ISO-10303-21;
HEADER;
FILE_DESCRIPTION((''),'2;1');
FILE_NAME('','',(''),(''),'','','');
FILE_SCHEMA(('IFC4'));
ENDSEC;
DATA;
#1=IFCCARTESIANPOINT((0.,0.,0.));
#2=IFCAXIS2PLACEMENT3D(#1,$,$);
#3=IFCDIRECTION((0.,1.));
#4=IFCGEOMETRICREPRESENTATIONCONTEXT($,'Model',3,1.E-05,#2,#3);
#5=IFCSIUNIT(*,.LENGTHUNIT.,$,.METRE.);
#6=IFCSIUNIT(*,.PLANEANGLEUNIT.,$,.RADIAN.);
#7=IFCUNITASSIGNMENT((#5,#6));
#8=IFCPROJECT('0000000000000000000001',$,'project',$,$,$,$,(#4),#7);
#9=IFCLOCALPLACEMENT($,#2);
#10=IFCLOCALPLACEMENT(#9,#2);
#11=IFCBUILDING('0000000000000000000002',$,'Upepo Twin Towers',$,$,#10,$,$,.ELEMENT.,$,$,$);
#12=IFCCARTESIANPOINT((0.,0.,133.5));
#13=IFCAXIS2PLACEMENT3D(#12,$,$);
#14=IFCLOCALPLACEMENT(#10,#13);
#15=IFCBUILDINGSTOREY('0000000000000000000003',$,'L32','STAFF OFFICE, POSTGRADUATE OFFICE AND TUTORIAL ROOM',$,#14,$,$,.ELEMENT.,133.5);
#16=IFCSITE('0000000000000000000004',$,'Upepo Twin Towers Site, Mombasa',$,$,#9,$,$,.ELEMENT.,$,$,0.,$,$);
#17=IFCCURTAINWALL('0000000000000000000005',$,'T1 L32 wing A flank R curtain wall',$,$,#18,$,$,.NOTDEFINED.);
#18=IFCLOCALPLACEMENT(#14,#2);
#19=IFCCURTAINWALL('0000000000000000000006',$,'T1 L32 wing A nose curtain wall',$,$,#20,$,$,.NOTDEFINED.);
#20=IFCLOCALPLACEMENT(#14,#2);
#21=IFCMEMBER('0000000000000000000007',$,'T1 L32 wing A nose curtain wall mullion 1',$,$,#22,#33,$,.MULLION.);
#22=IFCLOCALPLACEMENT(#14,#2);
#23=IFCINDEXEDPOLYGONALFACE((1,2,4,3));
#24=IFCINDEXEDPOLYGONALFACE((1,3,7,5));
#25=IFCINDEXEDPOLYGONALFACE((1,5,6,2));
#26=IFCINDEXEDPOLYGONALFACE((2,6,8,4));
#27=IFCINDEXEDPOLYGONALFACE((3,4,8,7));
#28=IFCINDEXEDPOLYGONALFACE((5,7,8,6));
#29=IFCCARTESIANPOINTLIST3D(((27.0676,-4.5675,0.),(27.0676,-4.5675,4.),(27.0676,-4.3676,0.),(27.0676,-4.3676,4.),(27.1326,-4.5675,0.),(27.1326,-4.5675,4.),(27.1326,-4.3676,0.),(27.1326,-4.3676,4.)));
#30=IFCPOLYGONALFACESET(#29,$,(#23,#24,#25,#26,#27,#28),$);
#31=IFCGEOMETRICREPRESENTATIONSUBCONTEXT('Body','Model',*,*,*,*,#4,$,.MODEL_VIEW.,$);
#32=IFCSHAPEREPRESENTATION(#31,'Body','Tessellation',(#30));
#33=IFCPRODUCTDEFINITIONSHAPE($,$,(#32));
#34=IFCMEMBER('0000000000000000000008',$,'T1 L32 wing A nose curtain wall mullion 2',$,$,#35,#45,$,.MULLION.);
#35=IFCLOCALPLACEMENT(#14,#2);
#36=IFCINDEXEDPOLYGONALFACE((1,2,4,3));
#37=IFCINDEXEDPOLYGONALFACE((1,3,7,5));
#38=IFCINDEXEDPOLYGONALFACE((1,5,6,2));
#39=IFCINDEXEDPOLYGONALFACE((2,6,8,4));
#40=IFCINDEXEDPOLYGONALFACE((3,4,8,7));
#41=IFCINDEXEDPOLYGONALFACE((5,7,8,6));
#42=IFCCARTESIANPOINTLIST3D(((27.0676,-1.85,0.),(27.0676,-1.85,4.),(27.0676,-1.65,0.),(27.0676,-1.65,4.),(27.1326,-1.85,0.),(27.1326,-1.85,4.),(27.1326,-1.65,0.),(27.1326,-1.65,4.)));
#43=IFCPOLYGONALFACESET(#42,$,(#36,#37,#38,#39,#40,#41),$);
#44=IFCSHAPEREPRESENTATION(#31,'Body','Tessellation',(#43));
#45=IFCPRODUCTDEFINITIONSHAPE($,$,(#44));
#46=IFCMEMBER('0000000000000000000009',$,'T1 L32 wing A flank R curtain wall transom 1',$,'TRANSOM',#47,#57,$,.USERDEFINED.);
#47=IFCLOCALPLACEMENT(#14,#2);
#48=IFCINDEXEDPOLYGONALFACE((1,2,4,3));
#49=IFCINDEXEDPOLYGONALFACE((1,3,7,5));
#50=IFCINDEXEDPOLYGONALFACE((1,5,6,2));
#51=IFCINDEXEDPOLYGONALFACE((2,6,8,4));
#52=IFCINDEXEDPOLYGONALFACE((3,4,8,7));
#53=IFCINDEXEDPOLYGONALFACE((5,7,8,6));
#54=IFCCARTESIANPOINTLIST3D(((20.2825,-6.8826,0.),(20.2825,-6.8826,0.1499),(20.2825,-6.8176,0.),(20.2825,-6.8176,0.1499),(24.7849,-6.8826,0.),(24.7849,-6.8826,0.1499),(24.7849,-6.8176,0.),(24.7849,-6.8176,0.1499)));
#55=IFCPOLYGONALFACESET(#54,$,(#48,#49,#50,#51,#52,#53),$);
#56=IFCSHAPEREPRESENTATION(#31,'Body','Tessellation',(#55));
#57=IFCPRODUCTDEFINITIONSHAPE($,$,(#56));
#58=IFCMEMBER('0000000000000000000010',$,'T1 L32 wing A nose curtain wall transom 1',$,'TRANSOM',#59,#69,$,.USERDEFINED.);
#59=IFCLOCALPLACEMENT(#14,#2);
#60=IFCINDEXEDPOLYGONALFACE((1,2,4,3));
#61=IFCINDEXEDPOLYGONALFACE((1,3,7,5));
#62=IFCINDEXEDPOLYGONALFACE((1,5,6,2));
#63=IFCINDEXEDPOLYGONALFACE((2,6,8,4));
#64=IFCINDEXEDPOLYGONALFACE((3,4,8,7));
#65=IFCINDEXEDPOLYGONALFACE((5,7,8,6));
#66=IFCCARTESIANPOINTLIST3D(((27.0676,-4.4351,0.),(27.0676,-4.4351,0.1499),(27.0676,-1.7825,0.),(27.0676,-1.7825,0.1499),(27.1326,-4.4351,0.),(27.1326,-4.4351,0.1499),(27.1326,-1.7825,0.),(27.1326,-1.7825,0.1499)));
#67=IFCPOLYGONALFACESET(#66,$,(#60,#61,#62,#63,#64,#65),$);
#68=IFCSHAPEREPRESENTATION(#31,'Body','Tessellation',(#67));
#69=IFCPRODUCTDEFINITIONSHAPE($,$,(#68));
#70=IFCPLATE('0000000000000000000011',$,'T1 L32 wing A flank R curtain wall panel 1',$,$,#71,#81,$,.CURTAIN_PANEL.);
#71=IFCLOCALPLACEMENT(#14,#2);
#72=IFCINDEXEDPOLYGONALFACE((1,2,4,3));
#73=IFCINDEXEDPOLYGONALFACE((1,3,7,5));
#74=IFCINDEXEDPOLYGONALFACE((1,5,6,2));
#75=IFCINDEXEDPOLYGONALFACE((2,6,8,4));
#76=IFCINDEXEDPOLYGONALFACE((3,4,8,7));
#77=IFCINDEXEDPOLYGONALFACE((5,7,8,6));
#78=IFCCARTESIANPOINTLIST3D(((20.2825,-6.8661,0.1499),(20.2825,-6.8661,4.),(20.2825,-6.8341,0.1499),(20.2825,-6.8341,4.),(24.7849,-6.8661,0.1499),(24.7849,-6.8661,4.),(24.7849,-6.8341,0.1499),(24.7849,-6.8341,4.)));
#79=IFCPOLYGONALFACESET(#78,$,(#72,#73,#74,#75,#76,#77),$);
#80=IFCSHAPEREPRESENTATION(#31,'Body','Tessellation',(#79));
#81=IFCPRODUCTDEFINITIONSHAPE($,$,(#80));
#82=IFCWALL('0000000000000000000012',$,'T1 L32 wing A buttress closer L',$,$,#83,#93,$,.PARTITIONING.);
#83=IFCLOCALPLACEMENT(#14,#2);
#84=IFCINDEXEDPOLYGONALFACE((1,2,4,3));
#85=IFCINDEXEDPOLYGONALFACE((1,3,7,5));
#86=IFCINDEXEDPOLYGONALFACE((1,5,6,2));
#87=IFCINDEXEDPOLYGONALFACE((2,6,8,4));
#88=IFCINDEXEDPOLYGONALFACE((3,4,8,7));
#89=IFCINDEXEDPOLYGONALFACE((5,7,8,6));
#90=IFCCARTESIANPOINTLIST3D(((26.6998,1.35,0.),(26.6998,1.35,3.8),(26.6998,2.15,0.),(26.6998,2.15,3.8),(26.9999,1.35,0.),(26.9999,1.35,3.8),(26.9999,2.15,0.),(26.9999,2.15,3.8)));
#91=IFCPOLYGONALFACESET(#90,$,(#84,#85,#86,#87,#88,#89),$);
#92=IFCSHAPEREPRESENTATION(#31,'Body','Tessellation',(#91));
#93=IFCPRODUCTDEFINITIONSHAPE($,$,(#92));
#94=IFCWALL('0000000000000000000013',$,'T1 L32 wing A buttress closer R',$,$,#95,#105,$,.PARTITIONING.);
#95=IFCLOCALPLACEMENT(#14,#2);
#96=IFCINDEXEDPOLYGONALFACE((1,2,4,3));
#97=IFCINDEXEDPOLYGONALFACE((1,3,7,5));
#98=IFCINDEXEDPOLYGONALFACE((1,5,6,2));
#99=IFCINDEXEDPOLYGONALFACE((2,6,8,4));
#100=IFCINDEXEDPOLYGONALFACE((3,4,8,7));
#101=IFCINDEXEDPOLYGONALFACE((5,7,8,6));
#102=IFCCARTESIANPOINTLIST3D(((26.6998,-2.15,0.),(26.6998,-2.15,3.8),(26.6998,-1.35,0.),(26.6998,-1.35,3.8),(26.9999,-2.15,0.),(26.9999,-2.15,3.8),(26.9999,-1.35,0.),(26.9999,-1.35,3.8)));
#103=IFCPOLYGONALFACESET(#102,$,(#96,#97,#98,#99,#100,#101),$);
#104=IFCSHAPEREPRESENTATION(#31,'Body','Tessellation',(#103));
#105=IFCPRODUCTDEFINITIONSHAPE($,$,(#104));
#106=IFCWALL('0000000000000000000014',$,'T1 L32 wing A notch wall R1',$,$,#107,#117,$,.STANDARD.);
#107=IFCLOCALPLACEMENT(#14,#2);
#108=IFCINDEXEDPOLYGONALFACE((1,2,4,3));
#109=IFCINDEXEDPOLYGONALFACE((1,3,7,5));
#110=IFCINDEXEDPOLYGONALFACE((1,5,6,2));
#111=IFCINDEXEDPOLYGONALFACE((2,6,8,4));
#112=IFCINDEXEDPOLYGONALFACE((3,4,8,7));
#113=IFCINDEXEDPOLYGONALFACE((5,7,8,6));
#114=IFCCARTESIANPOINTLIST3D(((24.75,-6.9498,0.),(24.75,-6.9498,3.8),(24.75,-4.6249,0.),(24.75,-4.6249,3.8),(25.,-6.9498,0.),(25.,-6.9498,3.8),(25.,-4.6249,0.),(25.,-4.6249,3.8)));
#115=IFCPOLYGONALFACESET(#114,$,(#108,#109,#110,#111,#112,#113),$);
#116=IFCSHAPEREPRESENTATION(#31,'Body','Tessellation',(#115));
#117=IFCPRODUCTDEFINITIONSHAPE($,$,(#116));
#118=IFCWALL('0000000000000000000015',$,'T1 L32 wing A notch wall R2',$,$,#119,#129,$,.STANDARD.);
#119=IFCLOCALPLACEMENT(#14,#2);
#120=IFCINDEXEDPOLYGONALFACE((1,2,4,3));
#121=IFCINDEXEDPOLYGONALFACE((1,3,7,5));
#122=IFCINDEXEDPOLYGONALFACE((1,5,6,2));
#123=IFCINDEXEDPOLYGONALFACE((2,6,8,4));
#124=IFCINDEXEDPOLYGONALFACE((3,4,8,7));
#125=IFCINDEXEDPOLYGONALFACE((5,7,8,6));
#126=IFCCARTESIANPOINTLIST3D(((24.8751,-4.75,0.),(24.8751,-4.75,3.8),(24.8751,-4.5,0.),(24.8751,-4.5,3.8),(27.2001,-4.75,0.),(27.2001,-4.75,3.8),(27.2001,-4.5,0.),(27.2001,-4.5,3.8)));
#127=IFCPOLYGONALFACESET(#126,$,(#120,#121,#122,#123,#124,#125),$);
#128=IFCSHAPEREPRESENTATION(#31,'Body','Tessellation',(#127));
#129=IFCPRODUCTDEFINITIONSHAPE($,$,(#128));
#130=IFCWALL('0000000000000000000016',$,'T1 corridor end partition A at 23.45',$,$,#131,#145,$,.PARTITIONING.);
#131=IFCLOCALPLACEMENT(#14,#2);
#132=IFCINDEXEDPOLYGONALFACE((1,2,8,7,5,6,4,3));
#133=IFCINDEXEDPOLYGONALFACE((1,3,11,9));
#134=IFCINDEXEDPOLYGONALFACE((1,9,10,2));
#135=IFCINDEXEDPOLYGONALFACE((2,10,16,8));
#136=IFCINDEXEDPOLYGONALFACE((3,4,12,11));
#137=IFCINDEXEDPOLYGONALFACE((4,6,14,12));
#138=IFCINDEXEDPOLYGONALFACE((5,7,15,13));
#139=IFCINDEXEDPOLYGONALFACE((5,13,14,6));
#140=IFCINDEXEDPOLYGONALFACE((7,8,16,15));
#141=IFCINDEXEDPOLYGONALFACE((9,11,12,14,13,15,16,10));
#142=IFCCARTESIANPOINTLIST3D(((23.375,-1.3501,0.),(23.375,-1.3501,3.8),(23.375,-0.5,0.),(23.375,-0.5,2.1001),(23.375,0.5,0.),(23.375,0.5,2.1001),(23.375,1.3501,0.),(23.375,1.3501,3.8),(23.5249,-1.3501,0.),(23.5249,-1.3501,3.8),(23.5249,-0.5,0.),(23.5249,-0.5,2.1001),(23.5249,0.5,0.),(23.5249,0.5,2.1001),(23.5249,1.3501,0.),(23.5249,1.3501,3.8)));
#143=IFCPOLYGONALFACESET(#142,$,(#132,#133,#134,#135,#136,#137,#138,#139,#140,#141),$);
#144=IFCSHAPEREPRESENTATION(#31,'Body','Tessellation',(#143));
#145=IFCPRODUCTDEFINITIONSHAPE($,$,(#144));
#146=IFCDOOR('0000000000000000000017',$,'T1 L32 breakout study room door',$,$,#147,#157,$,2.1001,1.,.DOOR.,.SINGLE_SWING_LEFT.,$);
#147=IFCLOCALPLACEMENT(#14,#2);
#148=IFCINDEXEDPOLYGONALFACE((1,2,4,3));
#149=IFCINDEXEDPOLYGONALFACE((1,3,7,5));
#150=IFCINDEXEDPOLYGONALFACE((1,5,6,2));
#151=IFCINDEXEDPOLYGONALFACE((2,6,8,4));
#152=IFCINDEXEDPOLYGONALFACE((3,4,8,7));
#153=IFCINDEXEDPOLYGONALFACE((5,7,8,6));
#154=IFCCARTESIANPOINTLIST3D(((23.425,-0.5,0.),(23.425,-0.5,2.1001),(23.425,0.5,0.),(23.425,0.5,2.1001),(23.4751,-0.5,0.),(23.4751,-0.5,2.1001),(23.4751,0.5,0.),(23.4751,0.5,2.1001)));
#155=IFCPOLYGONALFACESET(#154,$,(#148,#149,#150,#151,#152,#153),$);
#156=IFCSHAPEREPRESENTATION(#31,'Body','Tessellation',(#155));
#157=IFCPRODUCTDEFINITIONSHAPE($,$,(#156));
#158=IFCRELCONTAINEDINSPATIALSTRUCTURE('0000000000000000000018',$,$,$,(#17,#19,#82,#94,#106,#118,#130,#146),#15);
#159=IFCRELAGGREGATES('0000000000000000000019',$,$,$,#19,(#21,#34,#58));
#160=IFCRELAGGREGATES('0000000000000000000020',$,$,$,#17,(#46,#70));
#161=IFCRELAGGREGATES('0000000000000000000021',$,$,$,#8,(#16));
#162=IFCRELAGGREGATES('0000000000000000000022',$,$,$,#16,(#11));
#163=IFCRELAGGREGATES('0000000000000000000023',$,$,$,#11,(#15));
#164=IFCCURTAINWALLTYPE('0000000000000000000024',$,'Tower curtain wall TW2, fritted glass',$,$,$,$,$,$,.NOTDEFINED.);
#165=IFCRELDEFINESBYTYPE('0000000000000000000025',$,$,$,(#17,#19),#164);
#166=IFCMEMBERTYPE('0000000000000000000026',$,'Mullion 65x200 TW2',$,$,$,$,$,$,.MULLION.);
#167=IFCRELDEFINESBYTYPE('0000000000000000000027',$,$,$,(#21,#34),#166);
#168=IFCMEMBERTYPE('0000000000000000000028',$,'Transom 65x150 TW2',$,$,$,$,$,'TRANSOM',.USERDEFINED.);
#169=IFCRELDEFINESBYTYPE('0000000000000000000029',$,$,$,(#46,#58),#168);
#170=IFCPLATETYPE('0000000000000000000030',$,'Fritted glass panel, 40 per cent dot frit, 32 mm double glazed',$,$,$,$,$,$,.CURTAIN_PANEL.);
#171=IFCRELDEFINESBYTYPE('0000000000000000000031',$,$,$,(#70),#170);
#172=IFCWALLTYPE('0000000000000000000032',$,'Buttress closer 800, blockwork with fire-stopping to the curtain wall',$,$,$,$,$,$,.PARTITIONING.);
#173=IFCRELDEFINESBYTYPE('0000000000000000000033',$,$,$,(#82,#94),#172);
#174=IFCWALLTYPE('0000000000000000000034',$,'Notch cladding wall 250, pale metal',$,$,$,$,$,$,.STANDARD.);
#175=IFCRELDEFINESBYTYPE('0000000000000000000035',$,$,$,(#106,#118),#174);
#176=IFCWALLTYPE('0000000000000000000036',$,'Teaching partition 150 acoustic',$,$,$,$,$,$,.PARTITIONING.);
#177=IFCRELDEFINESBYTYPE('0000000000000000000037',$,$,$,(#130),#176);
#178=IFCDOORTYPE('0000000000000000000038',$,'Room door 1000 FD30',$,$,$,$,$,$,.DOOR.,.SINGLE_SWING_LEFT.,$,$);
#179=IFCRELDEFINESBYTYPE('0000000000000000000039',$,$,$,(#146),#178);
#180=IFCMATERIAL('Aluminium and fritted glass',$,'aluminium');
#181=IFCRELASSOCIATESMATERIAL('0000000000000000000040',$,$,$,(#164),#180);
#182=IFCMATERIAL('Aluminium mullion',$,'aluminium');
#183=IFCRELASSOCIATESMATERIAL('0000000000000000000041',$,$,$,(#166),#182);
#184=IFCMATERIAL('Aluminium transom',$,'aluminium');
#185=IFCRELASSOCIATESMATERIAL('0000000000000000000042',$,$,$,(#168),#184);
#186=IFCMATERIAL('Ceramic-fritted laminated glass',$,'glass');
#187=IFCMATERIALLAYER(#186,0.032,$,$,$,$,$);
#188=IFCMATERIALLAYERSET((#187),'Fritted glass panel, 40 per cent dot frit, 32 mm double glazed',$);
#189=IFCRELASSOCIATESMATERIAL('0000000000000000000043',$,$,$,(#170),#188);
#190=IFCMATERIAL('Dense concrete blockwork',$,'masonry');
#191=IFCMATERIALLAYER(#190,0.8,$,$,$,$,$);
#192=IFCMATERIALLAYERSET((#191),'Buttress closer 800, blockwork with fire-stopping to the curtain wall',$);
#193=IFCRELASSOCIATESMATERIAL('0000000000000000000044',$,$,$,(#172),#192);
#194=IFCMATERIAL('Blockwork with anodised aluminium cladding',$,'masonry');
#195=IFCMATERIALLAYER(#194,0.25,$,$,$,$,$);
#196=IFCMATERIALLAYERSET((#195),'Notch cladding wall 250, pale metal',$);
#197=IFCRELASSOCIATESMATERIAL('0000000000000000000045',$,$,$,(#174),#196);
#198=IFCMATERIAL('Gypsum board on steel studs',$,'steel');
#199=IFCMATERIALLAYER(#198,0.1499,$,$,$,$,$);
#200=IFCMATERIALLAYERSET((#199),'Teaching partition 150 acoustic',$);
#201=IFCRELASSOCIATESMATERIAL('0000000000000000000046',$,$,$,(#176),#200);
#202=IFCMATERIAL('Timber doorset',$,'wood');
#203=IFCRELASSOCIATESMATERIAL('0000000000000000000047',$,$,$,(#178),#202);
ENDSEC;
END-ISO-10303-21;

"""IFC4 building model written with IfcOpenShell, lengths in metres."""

from ifc_helpers import new_model, si_unit, direction, frame, frame_2d, origin, origin_2d, place, context, subcontext, project, spatial, rectangle, extrude, material, layer, layer_set, material_profile, profile_set, type_object, element, fill, aggregate, save


model = new_model("IFC4")

# Units and contexts
model_context = context("Model", 3, precision=1e-05, world=origin(), true_north=direction((0.0, 1.0)))
body_context = subcontext(model_context, "Body", "Model", "MODEL_VIEW")
ifc_project = project(units=[si_unit("LENGTHUNIT", "METRE"), si_unit("PLANEANGLEUNIT", "RADIAN")], contexts=[model_context])

# Site, building, storey
site_placement = place(None, origin())
site = spatial("IfcSite", under=ifc_project, at=site_placement, Name="Upepo Twin Towers Site, Mombasa", CompositionType="ELEMENT", RefElevation=0.0)
building_placement = place(site_placement, origin())
building = spatial("IfcBuilding", under=site, at=building_placement, Name="Upepo Twin Towers", CompositionType="ELEMENT")
storey_placement = place(building_placement, frame((0.0, 0.0, 133.5)))
storey = spatial("IfcBuildingStorey", under=building, at=storey_placement, Name="L32", Description="STAFF OFFICE, POSTGRADUATE OFFICE AND TUTORIAL ROOM", CompositionType="ELEMENT", Elevation=133.5)

# Curtain wall
ifc_material_1 = material(Name="Aluminium and fritted glass", Category="aluminium")
curtain_wall_type = type_object("IfcCurtainWallType", Name="Tower curtain wall TW2, fritted glass", PredefinedType="NOTDEFINED", material=ifc_material_1)
curtain_wall_1_placement = place(storey_placement, origin())
curtain_wall_1 = element("IfcCurtainWall", 1, at=curtain_wall_1_placement, inside=storey, type_object=curtain_wall_type, Name="T1 L32 wing A flank R curtain wall", PredefinedType="NOTDEFINED")
ifc_material_2 = material(Name="Aluminium mullion", Category="aluminium")
ifc_material_profile_1 = material_profile(ifc_material_2, rectangle(XDim=0.0649, YDim=0.2, at=origin_2d()), Name="MULLION 65x200")
ifc_profile_set_1 = profile_set([ifc_material_profile_1], Name="Aluminium mullion")
member_type_1 = type_object("IfcMemberType", Name="Mullion 65x200 TW2", PredefinedType="MULLION", material=ifc_profile_set_1)

# Curtain wall, members
curtain_wall_2_placement = place(storey_placement, origin())
curtain_wall_2 = element("IfcCurtainWall", 2, at=curtain_wall_2_placement, inside=storey, type_object=curtain_wall_type, Name="T1 L32 wing A nose curtain wall", PredefinedType="NOTDEFINED")
member_1_placement = place(storey_placement, frame((27.1001, -4.4675, 0.0), z_axis=(0.0, 0.0, 1.0), x_axis=(-1.0, 0.0, 0.0)))
member_1 = element("IfcMember", 3, at=member_1_placement, type_object=member_type_1, Name="T1 L32 wing A nose curtain wall mullion 1", PredefinedType="MULLION", context=body_context, shape_type="SweptSolid", body=[
    extrude(rectangle(XDim=0.0649, YDim=0.2, at=origin_2d()), origin(), (0.0, 0.0, 1.0), 4.0),
])
member_2_placement = place(storey_placement, frame((27.1001, -1.75, 0.0), z_axis=(0.0, 0.0, 1.0), x_axis=(-1.0, 0.0, 0.0)))
member_2 = element("IfcMember", 4, at=member_2_placement, type_object=member_type_1, Name="T1 L32 wing A nose curtain wall mullion 2", PredefinedType="MULLION", context=body_context, shape_type="SweptSolid", body=[
    extrude(rectangle(XDim=0.0649, YDim=0.2, at=origin_2d()), origin(), (0.0, 0.0, 1.0), 4.0),
])

# Members
ifc_material_3 = material(Name="Aluminium transom", Category="aluminium")
ifc_material_profile_2 = material_profile(ifc_material_3, rectangle(XDim=0.0649, YDim=0.1499, at=origin_2d()), Name="TRANSOM 65x150")
ifc_profile_set_2 = profile_set([ifc_material_profile_2], Name="Aluminium transom")
member_type_2 = type_object("IfcMemberType", Name="Transom 65x150 TW2", ElementType="TRANSOM", PredefinedType="USERDEFINED", material=ifc_profile_set_2)
member_3_placement = place(storey_placement, frame((24.7849, -6.8501, 0.075), z_axis=(-1.0, 0.0, 0.0), x_axis=(0.0, -1.0, 0.0)))
member_3 = element("IfcMember", 5, at=member_3_placement, type_object=member_type_2, Name="T1 L32 wing A flank R curtain wall transom 1", ObjectType="TRANSOM", PredefinedType="USERDEFINED", context=body_context, shape_type="SweptSolid", body=[
    extrude(rectangle(XDim=0.0649, YDim=0.1499, at=origin_2d()), origin(), (0.0, 0.0, 1.0), 4.5024),
])
member_4_placement = place(storey_placement, frame((27.1001, -4.4351, 0.075), z_axis=(0.0, 1.0, 0.0), x_axis=(-1.0, 0.0, 0.0)))
member_4 = element("IfcMember", 6, at=member_4_placement, type_object=member_type_2, Name="T1 L32 wing A nose curtain wall transom 1", ObjectType="TRANSOM", PredefinedType="USERDEFINED", context=body_context, shape_type="SweptSolid", body=[
    extrude(rectangle(XDim=0.0649, YDim=0.1499, at=origin_2d()), origin(), (0.0, 0.0, 1.0), 2.6526),
])
aggregate(curtain_wall_2, [member_1, member_2, member_4])

# Plate
ifc_material_4 = material(Name="Ceramic-fritted laminated glass", Category="glass")
ifc_layer_1 = layer(ifc_material_4, 0.032)
ifc_layer_set_1 = layer_set([ifc_layer_1], Name="Fritted glass panel, 40 per cent dot frit, 32 mm double glazed")
plate_type = type_object("IfcPlateType", Name="Fritted glass panel, 40 per cent dot frit, 32 mm double glazed", PredefinedType="CURTAIN_PANEL", material=ifc_layer_set_1)
plate_placement = place(storey_placement, frame((22.5337, -6.8501, 0.1499), z_axis=(0.0, 0.0, 1.0), x_axis=(-1.0, 0.0, 0.0)))
plate = element("IfcPlate", 7, at=plate_placement, type_object=plate_type, Name="T1 L32 wing A flank R curtain wall panel 1", PredefinedType="CURTAIN_PANEL", context=body_context, shape_type="SweptSolid", body=[
    extrude(rectangle(XDim=4.5024, YDim=0.032, at=origin_2d()), origin(), (0.0, 0.0, 1.0), 3.8501),
])
aggregate(curtain_wall_1, [member_3, plate])

# Walls
ifc_material_5 = material(Name="Dense concrete blockwork", Category="masonry")
ifc_layer_2 = layer(ifc_material_5, 0.8)
ifc_layer_set_2 = layer_set([ifc_layer_2], Name="Buttress closer 800, blockwork with fire-stopping to the curtain wall")
wall_type_1 = type_object("IfcWallType", Name="Buttress closer 800, blockwork with fire-stopping to the curtain wall", PredefinedType="PARTITIONING", material=ifc_layer_set_2)
for number, where, z_axis, x_axis, name in (
    (8, (26.7, 1.75, 0.0), (0.0, 0.0, 1.0), (1.0, 0.0, 0.0), "T1 L32 wing A buttress closer L"),
    (9, (26.7, -1.75, 0.0), (0.0, 0.0, 1.0), (1.0, 0.0, 0.0), "T1 L32 wing A buttress closer R"),
):
    element("IfcWall", number, at=place(storey_placement, frame(where, z_axis=z_axis, x_axis=x_axis)), inside=storey, type_object=wall_type_1, Name=name, PredefinedType="PARTITIONING", context=body_context, shape_type="SweptSolid", body=[
        extrude(rectangle(XDim=0.3, YDim=0.8, at=frame_2d((0.1499, 0.0))), origin(), (0.0, 0.0, 1.0), 3.8),
    ])
ifc_material_6 = material(Name="Blockwork with anodised aluminium cladding", Category="masonry")
ifc_layer_3 = layer(ifc_material_6, 0.25)
ifc_layer_set_3 = layer_set([ifc_layer_3], Name="Notch cladding wall 250, pale metal")
wall_type_2 = type_object("IfcWallType", Name="Notch cladding wall 250, pale metal", PredefinedType="STANDARD", material=ifc_layer_set_3)
for number, where, z_axis, x_axis, name in (
    (10, (24.875, -6.95, 0.0), (0.0, 0.0, 1.0), (0.0, 1.0, 0.0), "T1 L32 wing A notch wall R1"),
    (11, (24.875, -4.625, 0.0), (0.0, 0.0, 1.0), (1.0, 0.0, 0.0), "T1 L32 wing A notch wall R2"),
):
    element("IfcWall", number, at=place(storey_placement, frame(where, z_axis=z_axis, x_axis=x_axis)), inside=storey, type_object=wall_type_2, Name=name, PredefinedType="STANDARD", context=body_context, shape_type="SweptSolid", body=[
        extrude(rectangle(XDim=2.325, YDim=0.25, at=frame_2d((1.1626, 0.0))), origin(), (0.0, 0.0, 1.0), 3.8),
    ])

# Wall, opening, door
ifc_material_7 = material(Name="Gypsum board on steel studs", Category="steel")
ifc_layer_4 = layer(ifc_material_7, 0.1499)
ifc_layer_set_4 = layer_set([ifc_layer_4], Name="Teaching partition 150 acoustic")
wall_type_3 = type_object("IfcWallType", Name="Teaching partition 150 acoustic", PredefinedType="PARTITIONING", material=ifc_layer_set_4)
wall_placement = place(storey_placement, frame((23.45, -1.3501, 0.0), z_axis=(0.0, 0.0, 1.0), x_axis=(0.0, 1.0, 0.0)))
wall = element("IfcWall", 12, at=wall_placement, inside=storey, type_object=wall_type_3, Name="T1 corridor end partition A at 23.45", PredefinedType="PARTITIONING", context=body_context, shape_type="SweptSolid", body=[
    extrude(rectangle(XDim=2.7002, YDim=0.1499, at=frame_2d((1.3501, 0.0))), origin(), (0.0, 0.0, 1.0), 3.8),
])
opening_placement = place(wall_placement, frame((0.8501, 0.0, 0.0)))
opening = element("IfcOpeningElement", 13, at=opening_placement, cuts=wall, PredefinedType="OPENING", context=body_context, shape_type="SweptSolid", body=[
    extrude(rectangle(XDim=1.0, YDim=2.1001, at=frame_2d((0.5, 1.05))), frame((0.0, 0.085, 0.0), z_axis=(0.0, -1.0, 0.0), x_axis=(1.0, 0.0, 0.0)), (0.0, 0.0, 1.0), 0.1699),
])
ifc_material_8 = material(Name="Timber doorset", Category="wood")
door_type = type_object("IfcDoorType", Name="Room door 1000 FD30", OperationType="SINGLE_SWING_LEFT", PredefinedType="DOOR", material=ifc_material_8)
door_placement = place(opening_placement, origin())
door = element("IfcDoor", 14, at=door_placement, inside=storey, type_object=door_type, Name="T1 L32 breakout study room door", OperationType="SINGLE_SWING_LEFT", OverallHeight=2.1001, OverallWidth=1.0, PredefinedType="DOOR", context=body_context, shape_type="SweptSolid", body=[
    extrude(rectangle(XDim=1.0, YDim=2.1001, at=frame_2d((0.5, 1.05))), frame((0.0, 0.0249, 0.0), z_axis=(0.0, -1.0, 0.0), x_axis=(1.0, 0.0, 0.0)), (0.0, 0.0, 1.0), 0.05),
])
fill(opening, door)

save(model, "model.ifc")
